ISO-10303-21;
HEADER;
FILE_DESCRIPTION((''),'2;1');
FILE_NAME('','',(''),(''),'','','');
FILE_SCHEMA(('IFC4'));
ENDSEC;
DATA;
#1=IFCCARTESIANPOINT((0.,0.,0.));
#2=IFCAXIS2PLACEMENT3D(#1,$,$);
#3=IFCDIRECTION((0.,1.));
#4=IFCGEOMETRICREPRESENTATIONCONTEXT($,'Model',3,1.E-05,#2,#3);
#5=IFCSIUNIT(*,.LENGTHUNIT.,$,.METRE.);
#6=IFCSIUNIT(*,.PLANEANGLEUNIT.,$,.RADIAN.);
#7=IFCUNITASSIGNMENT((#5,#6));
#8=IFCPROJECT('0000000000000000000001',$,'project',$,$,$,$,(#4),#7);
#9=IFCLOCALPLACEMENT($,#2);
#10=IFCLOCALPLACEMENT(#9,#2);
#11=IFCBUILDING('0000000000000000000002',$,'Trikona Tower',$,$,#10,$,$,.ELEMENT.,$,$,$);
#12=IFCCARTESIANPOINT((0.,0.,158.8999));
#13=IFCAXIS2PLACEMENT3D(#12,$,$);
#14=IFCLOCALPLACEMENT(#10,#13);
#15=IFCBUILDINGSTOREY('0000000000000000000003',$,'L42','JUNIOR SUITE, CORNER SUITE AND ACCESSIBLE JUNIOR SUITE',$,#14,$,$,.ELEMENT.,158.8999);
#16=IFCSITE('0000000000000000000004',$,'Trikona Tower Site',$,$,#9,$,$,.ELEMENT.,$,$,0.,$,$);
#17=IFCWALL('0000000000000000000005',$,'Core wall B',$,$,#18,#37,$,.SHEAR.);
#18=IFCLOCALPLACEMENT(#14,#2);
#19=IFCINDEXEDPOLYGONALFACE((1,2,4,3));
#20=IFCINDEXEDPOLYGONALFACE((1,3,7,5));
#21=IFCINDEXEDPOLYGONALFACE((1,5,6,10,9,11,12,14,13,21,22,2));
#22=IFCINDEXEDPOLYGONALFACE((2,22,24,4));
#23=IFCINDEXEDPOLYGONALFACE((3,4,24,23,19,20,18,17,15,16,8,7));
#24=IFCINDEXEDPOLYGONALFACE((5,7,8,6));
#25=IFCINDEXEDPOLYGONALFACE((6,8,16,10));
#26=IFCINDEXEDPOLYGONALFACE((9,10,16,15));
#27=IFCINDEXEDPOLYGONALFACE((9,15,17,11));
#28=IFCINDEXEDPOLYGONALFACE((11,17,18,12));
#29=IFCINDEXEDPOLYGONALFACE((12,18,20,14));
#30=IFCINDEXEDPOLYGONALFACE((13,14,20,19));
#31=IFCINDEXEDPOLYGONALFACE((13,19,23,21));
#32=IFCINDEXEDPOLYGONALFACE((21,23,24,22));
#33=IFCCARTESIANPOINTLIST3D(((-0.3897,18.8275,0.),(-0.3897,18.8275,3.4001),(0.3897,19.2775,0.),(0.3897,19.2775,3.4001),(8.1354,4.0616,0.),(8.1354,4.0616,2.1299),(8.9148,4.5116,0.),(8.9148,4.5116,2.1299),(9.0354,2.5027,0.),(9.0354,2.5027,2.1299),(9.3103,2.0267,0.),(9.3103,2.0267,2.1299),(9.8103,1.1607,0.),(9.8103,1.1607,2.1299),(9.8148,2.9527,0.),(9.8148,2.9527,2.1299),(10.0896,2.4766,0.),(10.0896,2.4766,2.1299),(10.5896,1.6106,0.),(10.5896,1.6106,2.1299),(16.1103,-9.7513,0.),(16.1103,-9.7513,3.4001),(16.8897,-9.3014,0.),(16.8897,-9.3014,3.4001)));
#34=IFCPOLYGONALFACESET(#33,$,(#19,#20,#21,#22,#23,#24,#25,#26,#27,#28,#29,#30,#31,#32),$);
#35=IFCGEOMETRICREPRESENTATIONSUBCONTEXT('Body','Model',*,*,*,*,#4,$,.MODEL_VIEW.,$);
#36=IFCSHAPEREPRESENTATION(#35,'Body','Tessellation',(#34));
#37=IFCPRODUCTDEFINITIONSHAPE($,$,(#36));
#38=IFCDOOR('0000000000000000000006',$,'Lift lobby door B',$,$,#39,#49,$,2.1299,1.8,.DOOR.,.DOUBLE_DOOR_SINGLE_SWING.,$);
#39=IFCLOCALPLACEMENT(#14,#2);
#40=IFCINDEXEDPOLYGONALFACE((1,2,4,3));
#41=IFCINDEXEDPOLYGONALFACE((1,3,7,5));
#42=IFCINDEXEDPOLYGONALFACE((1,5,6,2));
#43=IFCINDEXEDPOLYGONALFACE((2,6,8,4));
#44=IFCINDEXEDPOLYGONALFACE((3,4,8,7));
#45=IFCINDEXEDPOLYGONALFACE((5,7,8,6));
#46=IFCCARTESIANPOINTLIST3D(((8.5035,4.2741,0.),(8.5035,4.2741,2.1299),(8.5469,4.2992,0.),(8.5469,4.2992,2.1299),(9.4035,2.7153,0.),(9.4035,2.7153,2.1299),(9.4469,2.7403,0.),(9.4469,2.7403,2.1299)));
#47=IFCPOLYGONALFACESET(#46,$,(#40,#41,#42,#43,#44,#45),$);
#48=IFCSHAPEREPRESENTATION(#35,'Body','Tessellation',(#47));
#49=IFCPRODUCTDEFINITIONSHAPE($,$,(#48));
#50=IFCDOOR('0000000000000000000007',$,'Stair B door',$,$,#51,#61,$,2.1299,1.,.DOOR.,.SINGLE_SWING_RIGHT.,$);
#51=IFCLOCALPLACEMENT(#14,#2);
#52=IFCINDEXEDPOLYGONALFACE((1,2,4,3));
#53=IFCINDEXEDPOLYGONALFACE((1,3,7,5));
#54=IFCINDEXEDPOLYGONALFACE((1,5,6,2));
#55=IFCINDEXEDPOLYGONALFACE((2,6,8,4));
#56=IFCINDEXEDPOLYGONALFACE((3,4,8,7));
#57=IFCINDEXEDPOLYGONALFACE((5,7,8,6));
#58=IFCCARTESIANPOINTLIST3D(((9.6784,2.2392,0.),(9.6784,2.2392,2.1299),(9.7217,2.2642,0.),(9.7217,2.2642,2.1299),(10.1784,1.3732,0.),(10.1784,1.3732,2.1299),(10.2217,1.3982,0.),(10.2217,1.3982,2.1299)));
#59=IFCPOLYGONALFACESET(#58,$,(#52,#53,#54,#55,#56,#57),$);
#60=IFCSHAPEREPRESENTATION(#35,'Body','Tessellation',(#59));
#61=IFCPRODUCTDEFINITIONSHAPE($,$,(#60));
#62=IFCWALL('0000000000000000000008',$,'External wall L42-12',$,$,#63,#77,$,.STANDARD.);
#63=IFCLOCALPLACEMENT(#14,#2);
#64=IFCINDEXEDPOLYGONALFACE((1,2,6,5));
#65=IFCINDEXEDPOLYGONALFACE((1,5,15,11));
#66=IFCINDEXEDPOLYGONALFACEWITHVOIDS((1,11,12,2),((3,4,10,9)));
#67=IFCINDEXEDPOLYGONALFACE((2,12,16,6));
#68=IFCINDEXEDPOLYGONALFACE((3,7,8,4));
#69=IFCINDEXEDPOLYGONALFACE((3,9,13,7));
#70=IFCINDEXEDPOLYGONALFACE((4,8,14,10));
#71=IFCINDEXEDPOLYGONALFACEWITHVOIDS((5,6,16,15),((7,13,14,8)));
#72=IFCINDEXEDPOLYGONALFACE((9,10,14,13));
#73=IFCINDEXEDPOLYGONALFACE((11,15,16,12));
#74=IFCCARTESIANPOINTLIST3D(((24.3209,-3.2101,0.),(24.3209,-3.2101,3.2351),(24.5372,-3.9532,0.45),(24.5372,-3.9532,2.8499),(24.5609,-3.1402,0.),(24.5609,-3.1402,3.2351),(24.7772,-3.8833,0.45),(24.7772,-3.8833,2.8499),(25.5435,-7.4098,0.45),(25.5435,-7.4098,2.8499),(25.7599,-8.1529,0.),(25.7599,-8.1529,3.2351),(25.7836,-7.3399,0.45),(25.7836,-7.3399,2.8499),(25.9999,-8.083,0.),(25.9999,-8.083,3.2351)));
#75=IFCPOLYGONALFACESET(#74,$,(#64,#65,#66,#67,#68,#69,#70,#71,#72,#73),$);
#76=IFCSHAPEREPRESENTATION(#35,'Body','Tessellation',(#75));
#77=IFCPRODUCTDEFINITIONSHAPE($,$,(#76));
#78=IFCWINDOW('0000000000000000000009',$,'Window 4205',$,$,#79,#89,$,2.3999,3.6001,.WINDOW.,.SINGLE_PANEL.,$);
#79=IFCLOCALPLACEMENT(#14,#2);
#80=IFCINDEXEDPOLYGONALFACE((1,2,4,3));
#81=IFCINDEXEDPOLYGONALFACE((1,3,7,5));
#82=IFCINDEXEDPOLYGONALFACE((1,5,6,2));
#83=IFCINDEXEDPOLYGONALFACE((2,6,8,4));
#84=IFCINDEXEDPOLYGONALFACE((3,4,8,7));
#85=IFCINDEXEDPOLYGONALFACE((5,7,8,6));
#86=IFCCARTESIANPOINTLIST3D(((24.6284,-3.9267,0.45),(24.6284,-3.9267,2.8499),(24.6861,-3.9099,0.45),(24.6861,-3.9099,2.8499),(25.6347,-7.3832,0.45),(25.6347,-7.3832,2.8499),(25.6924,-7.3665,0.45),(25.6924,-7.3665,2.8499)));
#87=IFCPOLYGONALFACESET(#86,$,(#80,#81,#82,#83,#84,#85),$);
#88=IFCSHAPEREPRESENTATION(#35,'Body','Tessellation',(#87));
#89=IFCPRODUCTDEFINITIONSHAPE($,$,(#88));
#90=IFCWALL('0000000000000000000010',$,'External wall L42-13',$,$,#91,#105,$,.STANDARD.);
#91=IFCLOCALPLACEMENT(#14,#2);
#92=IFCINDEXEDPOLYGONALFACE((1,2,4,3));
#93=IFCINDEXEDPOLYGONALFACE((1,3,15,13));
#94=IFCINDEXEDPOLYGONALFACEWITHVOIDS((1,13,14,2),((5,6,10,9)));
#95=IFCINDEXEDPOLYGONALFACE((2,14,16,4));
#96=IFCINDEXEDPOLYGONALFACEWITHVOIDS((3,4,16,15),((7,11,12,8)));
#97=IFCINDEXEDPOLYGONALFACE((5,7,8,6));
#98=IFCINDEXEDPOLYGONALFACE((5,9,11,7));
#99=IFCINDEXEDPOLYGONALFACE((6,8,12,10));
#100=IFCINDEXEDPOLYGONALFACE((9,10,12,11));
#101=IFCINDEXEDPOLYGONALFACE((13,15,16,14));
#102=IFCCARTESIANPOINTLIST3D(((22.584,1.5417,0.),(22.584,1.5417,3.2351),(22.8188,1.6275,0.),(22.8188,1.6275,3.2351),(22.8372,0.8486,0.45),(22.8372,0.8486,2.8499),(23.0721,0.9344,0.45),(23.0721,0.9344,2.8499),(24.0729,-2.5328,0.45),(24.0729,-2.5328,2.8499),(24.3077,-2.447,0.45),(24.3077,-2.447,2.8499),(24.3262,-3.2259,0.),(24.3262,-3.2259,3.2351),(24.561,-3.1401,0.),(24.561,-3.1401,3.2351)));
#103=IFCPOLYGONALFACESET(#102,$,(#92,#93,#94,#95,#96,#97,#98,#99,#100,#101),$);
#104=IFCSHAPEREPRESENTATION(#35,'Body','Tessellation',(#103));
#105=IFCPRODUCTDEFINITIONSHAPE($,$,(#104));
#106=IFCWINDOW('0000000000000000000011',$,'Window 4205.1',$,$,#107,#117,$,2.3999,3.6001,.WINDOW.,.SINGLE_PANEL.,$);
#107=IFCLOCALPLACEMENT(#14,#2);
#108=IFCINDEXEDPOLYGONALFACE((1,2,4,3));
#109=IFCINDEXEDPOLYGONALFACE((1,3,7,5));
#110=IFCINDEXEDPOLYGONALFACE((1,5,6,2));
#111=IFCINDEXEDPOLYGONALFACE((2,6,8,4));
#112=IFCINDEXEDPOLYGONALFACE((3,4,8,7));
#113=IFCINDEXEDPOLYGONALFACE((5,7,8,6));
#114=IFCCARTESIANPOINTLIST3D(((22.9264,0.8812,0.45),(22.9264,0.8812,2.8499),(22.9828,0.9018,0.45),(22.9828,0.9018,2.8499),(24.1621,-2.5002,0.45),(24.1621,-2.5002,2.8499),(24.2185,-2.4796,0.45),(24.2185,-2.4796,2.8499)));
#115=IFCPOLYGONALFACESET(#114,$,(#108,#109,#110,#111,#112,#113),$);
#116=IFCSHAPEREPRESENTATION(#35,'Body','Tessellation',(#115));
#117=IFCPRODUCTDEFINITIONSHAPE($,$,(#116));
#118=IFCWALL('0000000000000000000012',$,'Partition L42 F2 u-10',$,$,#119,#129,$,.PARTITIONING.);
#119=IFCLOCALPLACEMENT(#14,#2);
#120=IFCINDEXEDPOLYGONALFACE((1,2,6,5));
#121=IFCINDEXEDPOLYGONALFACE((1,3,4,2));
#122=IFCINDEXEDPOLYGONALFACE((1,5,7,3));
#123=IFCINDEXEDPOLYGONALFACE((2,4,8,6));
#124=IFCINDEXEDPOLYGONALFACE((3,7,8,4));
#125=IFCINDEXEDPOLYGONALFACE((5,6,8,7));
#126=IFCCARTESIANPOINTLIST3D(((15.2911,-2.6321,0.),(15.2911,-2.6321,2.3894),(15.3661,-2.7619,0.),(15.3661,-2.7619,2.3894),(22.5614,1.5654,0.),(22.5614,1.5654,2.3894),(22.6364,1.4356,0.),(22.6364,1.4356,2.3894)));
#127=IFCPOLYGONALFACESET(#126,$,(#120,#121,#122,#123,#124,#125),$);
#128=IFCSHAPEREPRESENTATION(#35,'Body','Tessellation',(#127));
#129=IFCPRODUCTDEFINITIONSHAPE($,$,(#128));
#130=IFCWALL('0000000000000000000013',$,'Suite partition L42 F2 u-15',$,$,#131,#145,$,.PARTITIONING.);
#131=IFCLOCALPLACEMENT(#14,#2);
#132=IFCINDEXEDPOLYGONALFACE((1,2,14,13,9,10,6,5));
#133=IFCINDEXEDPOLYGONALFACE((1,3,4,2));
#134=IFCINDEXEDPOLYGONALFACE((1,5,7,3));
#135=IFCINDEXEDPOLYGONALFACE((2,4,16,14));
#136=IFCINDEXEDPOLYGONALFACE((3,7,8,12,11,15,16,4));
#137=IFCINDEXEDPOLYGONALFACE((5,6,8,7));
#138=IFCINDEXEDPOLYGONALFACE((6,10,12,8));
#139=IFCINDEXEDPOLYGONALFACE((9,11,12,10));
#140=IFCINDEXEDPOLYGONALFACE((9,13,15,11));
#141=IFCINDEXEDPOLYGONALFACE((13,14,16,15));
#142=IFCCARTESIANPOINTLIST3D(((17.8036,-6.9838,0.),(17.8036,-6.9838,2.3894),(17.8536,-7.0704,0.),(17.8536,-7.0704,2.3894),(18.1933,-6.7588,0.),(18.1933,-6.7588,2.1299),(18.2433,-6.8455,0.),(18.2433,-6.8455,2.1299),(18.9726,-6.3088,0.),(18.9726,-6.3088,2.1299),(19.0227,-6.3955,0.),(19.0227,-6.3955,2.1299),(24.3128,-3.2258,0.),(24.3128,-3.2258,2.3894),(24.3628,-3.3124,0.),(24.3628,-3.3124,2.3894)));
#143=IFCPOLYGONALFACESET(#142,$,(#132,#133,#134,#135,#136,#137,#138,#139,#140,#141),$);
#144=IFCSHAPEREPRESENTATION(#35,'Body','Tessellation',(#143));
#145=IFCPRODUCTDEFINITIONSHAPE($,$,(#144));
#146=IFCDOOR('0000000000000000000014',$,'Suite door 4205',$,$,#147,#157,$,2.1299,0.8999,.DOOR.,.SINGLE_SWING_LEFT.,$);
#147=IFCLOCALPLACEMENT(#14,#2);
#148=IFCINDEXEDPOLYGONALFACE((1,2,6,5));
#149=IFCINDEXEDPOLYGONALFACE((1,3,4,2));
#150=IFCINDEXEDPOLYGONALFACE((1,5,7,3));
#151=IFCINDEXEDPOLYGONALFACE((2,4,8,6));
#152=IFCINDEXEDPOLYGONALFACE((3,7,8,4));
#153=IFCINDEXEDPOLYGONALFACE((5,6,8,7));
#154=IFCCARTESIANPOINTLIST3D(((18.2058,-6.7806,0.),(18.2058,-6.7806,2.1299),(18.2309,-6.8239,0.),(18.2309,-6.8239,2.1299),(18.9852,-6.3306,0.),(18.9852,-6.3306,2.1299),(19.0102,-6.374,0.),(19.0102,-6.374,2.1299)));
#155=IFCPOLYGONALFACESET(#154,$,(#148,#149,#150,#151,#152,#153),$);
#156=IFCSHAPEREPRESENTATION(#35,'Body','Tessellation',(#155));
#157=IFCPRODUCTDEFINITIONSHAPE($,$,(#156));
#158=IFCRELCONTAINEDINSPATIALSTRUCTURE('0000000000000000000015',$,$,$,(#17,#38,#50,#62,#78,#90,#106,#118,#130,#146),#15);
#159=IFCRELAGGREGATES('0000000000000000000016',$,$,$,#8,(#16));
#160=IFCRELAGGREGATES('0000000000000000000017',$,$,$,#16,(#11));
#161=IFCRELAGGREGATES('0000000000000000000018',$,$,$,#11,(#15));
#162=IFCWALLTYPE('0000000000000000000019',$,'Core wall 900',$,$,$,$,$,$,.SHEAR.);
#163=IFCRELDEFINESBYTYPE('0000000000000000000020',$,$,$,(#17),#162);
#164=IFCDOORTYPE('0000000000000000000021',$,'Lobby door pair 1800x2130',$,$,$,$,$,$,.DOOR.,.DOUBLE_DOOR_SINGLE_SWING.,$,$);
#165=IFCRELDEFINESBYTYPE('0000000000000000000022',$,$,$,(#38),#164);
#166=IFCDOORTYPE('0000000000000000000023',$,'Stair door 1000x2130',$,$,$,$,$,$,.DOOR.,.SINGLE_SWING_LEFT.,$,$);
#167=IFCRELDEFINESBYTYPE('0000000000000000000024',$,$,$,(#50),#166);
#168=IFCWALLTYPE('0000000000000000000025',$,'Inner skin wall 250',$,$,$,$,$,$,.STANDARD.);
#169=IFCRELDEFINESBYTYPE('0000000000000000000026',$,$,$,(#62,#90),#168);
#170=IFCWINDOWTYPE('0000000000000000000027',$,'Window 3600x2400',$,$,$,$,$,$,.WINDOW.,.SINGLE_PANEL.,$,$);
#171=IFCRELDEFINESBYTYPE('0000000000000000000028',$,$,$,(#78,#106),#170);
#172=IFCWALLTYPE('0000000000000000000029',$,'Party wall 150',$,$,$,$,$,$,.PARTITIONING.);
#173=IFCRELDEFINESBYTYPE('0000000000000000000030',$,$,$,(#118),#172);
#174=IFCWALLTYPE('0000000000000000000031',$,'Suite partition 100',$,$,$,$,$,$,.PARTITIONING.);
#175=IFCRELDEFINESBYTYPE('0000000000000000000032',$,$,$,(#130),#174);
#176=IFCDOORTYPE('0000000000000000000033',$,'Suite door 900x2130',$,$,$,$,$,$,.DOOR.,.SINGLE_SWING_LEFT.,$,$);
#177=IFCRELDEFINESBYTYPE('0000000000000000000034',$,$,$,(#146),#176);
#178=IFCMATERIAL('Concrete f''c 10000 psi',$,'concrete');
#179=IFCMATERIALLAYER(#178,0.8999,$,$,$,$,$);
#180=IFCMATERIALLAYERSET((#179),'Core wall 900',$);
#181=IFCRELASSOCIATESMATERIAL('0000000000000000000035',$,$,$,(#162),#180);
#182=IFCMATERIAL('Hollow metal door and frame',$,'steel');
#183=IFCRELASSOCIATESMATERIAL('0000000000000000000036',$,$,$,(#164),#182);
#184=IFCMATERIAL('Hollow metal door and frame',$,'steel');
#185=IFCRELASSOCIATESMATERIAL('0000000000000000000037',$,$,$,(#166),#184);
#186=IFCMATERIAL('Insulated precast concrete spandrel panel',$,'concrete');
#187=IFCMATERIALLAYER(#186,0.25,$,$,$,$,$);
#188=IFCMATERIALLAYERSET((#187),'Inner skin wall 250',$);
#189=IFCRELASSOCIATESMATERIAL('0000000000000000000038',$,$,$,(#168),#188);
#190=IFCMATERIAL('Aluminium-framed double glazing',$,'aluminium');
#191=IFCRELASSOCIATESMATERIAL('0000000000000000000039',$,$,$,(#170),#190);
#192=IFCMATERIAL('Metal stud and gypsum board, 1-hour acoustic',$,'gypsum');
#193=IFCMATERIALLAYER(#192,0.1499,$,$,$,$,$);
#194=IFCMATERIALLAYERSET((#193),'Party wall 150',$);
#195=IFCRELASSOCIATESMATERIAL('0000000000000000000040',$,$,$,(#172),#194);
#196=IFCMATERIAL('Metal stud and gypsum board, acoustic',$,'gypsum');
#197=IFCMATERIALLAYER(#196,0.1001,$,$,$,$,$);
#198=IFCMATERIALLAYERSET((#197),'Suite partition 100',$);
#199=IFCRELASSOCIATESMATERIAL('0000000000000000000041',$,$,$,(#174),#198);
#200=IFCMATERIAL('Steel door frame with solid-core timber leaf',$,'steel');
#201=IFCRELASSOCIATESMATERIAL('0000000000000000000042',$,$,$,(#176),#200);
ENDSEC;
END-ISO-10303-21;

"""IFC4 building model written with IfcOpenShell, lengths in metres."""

from ifc_helpers import new_model, si_unit, direction, frame, frame_2d, origin, place, context, subcontext, project, spatial, rectangle, extrude, material, layer, layer_set, type_object, element, fill, save


model = new_model("IFC4")

# Units and contexts
model_context = context("Model", 3, precision=1e-05, world=origin(), true_north=direction((0.0, 1.0)))
body_context = subcontext(model_context, "Body", "Model", "MODEL_VIEW")
ifc_project = project(units=[si_unit("LENGTHUNIT", "METRE"), si_unit("PLANEANGLEUNIT", "RADIAN")], contexts=[model_context])

# Site, building, storey
site_placement = place(None, origin())
site = spatial("IfcSite", under=ifc_project, at=site_placement, Name="Trikona Tower Site", CompositionType="ELEMENT", RefElevation=0.0)
building_placement = place(site_placement, origin())
building = spatial("IfcBuilding", under=site, at=building_placement, Name="Trikona Tower", CompositionType="ELEMENT")
storey_placement = place(building_placement, frame((0.0, 0.0, 158.8999)))
storey = spatial("IfcBuildingStorey", under=building, at=storey_placement, Name="L42", Description="JUNIOR SUITE, CORNER SUITE AND ACCESSIBLE JUNIOR SUITE", CompositionType="ELEMENT", Elevation=158.8999)

# Wall, openings, doors
ifc_material_1 = material(Name="Concrete f'c 10000 psi", Category="concrete")
ifc_layer_1 = layer(ifc_material_1, 0.8999)
ifc_layer_set_1 = layer_set([ifc_layer_1], Name="Core wall 900")
wall_type_1 = type_object("IfcWallType", Name="Core wall 900", PredefinedType="SHEAR", material=ifc_layer_set_1)
wall_1_placement = place(storey_placement, frame((16.5, -9.5264, 0.0), z_axis=(0.0, 0.0, 1.0), x_axis=(-0.5, 0.866026, 0.0)))
wall_1 = element("IfcWall", 1, at=wall_1_placement, inside=storey, type_object=wall_type_1, Name="Core wall B", PredefinedType="SHEAR", context=body_context, shape_type="SweptSolid", body=[
    extrude(rectangle(XDim=33.0, YDim=0.8999, at=frame_2d((16.5, 0.0))), origin(), (0.0, 0.0, 1.0), 3.4001),
])
opening_1_placement = place(wall_1_placement, frame((14.1499, 0.0, 0.0)))
opening_1 = element("IfcOpeningElement", 2, at=opening_1_placement, cuts=wall_1, PredefinedType="OPENING", context=body_context, shape_type="SweptSolid", body=[
    extrude(rectangle(XDim=1.8, YDim=2.1299, at=frame_2d((0.8999, 1.0649))), frame((0.0, 0.46, 0.0), z_axis=(0.0, -1.0, 0.0), x_axis=(1.0, 0.0, 0.0)), (0.0, 0.0, 1.0), 0.9199),
])
opening_2_placement = place(wall_1_placement, frame((12.6001, 0.0, 0.0)))
opening_2 = element("IfcOpeningElement", 3, at=opening_2_placement, cuts=wall_1, PredefinedType="OPENING", context=body_context, shape_type="SweptSolid", body=[
    extrude(rectangle(XDim=1.0, YDim=2.1299, at=frame_2d((0.5, 1.0649))), frame((0.0, 0.46, 0.0), z_axis=(0.0, -1.0, 0.0), x_axis=(1.0, 0.0, 0.0)), (0.0, 0.0, 1.0), 0.9199),
])
ifc_material_2 = material(Name="Hollow metal door and frame", Category="steel")
door_type_1 = type_object("IfcDoorType", Name="Lobby door pair 1800x2130", OperationType="DOUBLE_DOOR_SINGLE_SWING", PredefinedType="DOOR", material=ifc_material_2)
door_1_placement = place(opening_1_placement, origin())
door_1 = element("IfcDoor", 4, at=door_1_placement, inside=storey, type_object=door_type_1, Name="Lift lobby door B", OperationType="DOUBLE_DOOR_SINGLE_SWING", OverallHeight=2.1299, OverallWidth=1.8, PredefinedType="DOOR", context=body_context, shape_type="SweptSolid", body=[
    extrude(rectangle(XDim=1.8, YDim=2.1299, at=frame_2d((0.8999, 1.0649))), frame((0.0, 0.0249, 0.0), z_axis=(0.0, -1.0, 0.0), x_axis=(1.0, 0.0, 0.0)), (0.0, 0.0, 1.0), 0.05),
])
fill(opening_1, door_1)
ifc_material_3 = material(Name="Hollow metal door and frame", Category="steel")
door_type_2 = type_object("IfcDoorType", Name="Stair door 1000x2130", OperationType="SINGLE_SWING_LEFT", PredefinedType="DOOR", material=ifc_material_3)
door_2_placement = place(opening_2_placement, origin())
door_2 = element("IfcDoor", 5, at=door_2_placement, inside=storey, type_object=door_type_2, Name="Stair B door", OperationType="SINGLE_SWING_RIGHT", OverallHeight=2.1299, OverallWidth=1.0, PredefinedType="DOOR", context=body_context, shape_type="SweptSolid", body=[
    extrude(rectangle(XDim=1.0, YDim=2.1299, at=frame_2d((0.5, 1.0649))), frame((0.0, 0.0249, 0.0), z_axis=(0.0, -1.0, 0.0), x_axis=(1.0, 0.0, 0.0)), (0.0, 0.0, 1.0), 0.05),
])
fill(opening_2, door_2)

# Walls, openings, windows
ifc_material_4 = material(Name="Insulated precast concrete spandrel panel", Category="concrete")
ifc_layer_2 = layer(ifc_material_4, 0.25)
ifc_layer_set_2 = layer_set([ifc_layer_2], Name="Inner skin wall 250")
wall_type_2 = type_object("IfcWallType", Name="Inner skin wall 250", PredefinedType="STANDARD", material=ifc_layer_set_2)
wall_2_placement = place(storey_placement, frame((25.8799, -8.1179, 0.0), z_axis=(0.0, 0.0, 1.0), x_axis=(-0.279528, 0.960137, 0.0)))
wall_2 = element("IfcWall", 6, at=wall_2_placement, inside=storey, type_object=wall_type_2, Name="External wall L42-12", PredefinedType="STANDARD", context=body_context, shape_type="SweptSolid", body=[
    extrude(rectangle(XDim=5.1479, YDim=0.25, at=frame_2d((2.574, 0.0))), origin(), (0.0, 0.0, 1.0), 3.2351),
])
opening_3_placement = place(wall_2_placement, frame((0.7739, 0.0, 0.45)))
opening_3 = element("IfcOpeningElement", 7, at=opening_3_placement, cuts=wall_2, PredefinedType="OPENING", context=body_context, shape_type="SweptSolid", body=[
    extrude(rectangle(XDim=3.6001, YDim=2.3999, at=frame_2d((1.8, 1.2))), frame((0.0, 0.135, 0.0), z_axis=(0.0, -1.0, 0.0), x_axis=(1.0, 0.0, 0.0)), (0.0, 0.0, 1.0), 0.27),
])
ifc_material_5 = material(Name="Aluminium-framed double glazing", Category="aluminium")
window_type = type_object("IfcWindowType", Name="Window 3600x2400", PartitioningType="SINGLE_PANEL", PredefinedType="WINDOW", material=ifc_material_5)
window_1_placement = place(opening_3_placement, origin())
window_1 = element("IfcWindow", 8, at=window_1_placement, inside=storey, type_object=window_type, Name="Window 4205", OverallHeight=2.3999, OverallWidth=3.6001, PartitioningType="SINGLE_PANEL", PredefinedType="WINDOW", context=body_context, shape_type="SweptSolid", body=[
    extrude(rectangle(XDim=3.6001, YDim=2.3999, at=frame_2d((1.8, 1.2))), frame((0.0, 0.03, 0.0), z_axis=(0.0, -1.0, 0.0), x_axis=(1.0, 0.0, 0.0)), (0.0, 0.0, 1.0), 0.0601),
])
fill(opening_3, window_1)
wall_3_placement = place(storey_placement, frame((24.4436, -3.1831, 0.0), z_axis=(0.0, 0.0, 1.0), x_axis=(-0.343226, 0.939253, 0.0)))
wall_3 = element("IfcWall", 9, at=wall_3_placement, inside=storey, type_object=wall_type_2, Name="External wall L42-13", PredefinedType="STANDARD", context=body_context, shape_type="SweptSolid", body=[
    extrude(rectangle(XDim=5.0759, YDim=0.25, at=frame_2d((2.5381, 0.0))), origin(), (0.0, 0.0, 1.0), 3.2351),
])
opening_4_placement = place(wall_3_placement, frame((0.738, 0.0, 0.45)))
opening_4 = element("IfcOpeningElement", 10, at=opening_4_placement, cuts=wall_3, PredefinedType="OPENING", context=body_context, shape_type="SweptSolid", body=[
    extrude(rectangle(XDim=3.6001, YDim=2.3999, at=frame_2d((1.8, 1.2))), frame((0.0, 0.135, 0.0), z_axis=(0.0, -1.0, 0.0), x_axis=(1.0, 0.0, 0.0)), (0.0, 0.0, 1.0), 0.27),
])
window_2_placement = place(opening_4_placement, origin())
window_2 = element("IfcWindow", 11, at=window_2_placement, inside=storey, type_object=window_type, Name="Window 4205.1", OverallHeight=2.3999, OverallWidth=3.6001, PartitioningType="SINGLE_PANEL", PredefinedType="WINDOW", context=body_context, shape_type="SweptSolid", body=[
    extrude(rectangle(XDim=3.6001, YDim=2.3999, at=frame_2d((1.8, 1.2))), frame((0.0, 0.03, 0.0), z_axis=(0.0, -1.0, 0.0), x_axis=(1.0, 0.0, 0.0)), (0.0, 0.0, 1.0), 0.0601),
])
fill(opening_4, window_2)

# Wall
ifc_material_6 = material(Name="Metal stud and gypsum board, 1-hour acoustic", Category="gypsum")
ifc_layer_3 = layer(ifc_material_6, 0.1499)
ifc_layer_set_3 = layer_set([ifc_layer_3], Name="Party wall 150")
wall_type_3 = type_object("IfcWallType", Name="Party wall 150", PredefinedType="PARTITIONING", material=ifc_layer_set_3)
wall_4_placement = place(storey_placement, frame((15.3286, -2.697, 0.0), z_axis=(0.0, 0.0, 1.0), x_axis=(0.866024, 0.500002, 0.0)))
element("IfcWall", 12, at=wall_4_placement, inside=storey, type_object=wall_type_3, Name="Partition L42 F2 u-10", PredefinedType="PARTITIONING", context=body_context, shape_type="SweptSolid", body=[
    extrude(rectangle(XDim=8.395, YDim=0.1499, at=frame_2d((4.1975, 0.0))), origin(), (0.0, 0.0, 1.0), 2.3894),
])

# Wall, opening, door
ifc_material_7 = material(Name="Metal stud and gypsum board, acoustic", Category="gypsum")
ifc_layer_4 = layer(ifc_material_7, 0.1001)
ifc_layer_set_4 = layer_set([ifc_layer_4], Name="Suite partition 100")
wall_type_4 = type_object("IfcWallType", Name="Suite partition 100", PredefinedType="PARTITIONING", material=ifc_layer_set_4)
wall_5_placement = place(storey_placement, frame((17.8286, -7.0271, 0.0), z_axis=(0.0, 0.0, 1.0), x_axis=(0.86603, 0.499992, 0.0)))
wall_5 = element("IfcWall", 13, at=wall_5_placement, inside=storey, type_object=wall_type_4, Name="Suite partition L42 F2 u-15", PredefinedType="PARTITIONING", context=body_context, shape_type="SweptSolid", body=[
    extrude(rectangle(XDim=7.5161, YDim=0.1001, at=frame_2d((3.7581, 0.0))), origin(), (0.0, 0.0, 1.0), 2.3894),
])
opening_5_placement = place(wall_5_placement, frame((0.45, 0.0, 0.0)))
opening_5 = element("IfcOpeningElement", 14, at=opening_5_placement, cuts=wall_5, PredefinedType="OPENING", context=body_context, shape_type="SweptSolid", body=[
    extrude(rectangle(XDim=0.8999, YDim=2.1299, at=frame_2d((0.45, 1.0649))), frame((0.0, 0.0601, 0.0), z_axis=(0.0, -1.0, 0.0), x_axis=(1.0, 0.0, 0.0)), (0.0, 0.0, 1.0), 0.1201),
])
ifc_material_8 = material(Name="Steel door frame with solid-core timber leaf", Category="steel")
door_type_3 = type_object("IfcDoorType", Name="Suite door 900x2130", OperationType="SINGLE_SWING_LEFT", PredefinedType="DOOR", material=ifc_material_8)
door_3_placement = place(opening_5_placement, origin())
door_3 = element("IfcDoor", 15, at=door_3_placement, inside=storey, type_object=door_type_3, Name="Suite door 4205", OperationType="SINGLE_SWING_LEFT", OverallHeight=2.1299, OverallWidth=0.8999, PredefinedType="DOOR", context=body_context, shape_type="SweptSolid", body=[
    extrude(rectangle(XDim=0.8999, YDim=2.1299, at=frame_2d((0.45, 1.0649))), frame((0.0, 0.0249, 0.0), z_axis=(0.0, -1.0, 0.0), x_axis=(1.0, 0.0, 0.0)), (0.0, 0.0, 1.0), 0.05),
])
fill(opening_5, door_3)

save(model, "model.ifc")
